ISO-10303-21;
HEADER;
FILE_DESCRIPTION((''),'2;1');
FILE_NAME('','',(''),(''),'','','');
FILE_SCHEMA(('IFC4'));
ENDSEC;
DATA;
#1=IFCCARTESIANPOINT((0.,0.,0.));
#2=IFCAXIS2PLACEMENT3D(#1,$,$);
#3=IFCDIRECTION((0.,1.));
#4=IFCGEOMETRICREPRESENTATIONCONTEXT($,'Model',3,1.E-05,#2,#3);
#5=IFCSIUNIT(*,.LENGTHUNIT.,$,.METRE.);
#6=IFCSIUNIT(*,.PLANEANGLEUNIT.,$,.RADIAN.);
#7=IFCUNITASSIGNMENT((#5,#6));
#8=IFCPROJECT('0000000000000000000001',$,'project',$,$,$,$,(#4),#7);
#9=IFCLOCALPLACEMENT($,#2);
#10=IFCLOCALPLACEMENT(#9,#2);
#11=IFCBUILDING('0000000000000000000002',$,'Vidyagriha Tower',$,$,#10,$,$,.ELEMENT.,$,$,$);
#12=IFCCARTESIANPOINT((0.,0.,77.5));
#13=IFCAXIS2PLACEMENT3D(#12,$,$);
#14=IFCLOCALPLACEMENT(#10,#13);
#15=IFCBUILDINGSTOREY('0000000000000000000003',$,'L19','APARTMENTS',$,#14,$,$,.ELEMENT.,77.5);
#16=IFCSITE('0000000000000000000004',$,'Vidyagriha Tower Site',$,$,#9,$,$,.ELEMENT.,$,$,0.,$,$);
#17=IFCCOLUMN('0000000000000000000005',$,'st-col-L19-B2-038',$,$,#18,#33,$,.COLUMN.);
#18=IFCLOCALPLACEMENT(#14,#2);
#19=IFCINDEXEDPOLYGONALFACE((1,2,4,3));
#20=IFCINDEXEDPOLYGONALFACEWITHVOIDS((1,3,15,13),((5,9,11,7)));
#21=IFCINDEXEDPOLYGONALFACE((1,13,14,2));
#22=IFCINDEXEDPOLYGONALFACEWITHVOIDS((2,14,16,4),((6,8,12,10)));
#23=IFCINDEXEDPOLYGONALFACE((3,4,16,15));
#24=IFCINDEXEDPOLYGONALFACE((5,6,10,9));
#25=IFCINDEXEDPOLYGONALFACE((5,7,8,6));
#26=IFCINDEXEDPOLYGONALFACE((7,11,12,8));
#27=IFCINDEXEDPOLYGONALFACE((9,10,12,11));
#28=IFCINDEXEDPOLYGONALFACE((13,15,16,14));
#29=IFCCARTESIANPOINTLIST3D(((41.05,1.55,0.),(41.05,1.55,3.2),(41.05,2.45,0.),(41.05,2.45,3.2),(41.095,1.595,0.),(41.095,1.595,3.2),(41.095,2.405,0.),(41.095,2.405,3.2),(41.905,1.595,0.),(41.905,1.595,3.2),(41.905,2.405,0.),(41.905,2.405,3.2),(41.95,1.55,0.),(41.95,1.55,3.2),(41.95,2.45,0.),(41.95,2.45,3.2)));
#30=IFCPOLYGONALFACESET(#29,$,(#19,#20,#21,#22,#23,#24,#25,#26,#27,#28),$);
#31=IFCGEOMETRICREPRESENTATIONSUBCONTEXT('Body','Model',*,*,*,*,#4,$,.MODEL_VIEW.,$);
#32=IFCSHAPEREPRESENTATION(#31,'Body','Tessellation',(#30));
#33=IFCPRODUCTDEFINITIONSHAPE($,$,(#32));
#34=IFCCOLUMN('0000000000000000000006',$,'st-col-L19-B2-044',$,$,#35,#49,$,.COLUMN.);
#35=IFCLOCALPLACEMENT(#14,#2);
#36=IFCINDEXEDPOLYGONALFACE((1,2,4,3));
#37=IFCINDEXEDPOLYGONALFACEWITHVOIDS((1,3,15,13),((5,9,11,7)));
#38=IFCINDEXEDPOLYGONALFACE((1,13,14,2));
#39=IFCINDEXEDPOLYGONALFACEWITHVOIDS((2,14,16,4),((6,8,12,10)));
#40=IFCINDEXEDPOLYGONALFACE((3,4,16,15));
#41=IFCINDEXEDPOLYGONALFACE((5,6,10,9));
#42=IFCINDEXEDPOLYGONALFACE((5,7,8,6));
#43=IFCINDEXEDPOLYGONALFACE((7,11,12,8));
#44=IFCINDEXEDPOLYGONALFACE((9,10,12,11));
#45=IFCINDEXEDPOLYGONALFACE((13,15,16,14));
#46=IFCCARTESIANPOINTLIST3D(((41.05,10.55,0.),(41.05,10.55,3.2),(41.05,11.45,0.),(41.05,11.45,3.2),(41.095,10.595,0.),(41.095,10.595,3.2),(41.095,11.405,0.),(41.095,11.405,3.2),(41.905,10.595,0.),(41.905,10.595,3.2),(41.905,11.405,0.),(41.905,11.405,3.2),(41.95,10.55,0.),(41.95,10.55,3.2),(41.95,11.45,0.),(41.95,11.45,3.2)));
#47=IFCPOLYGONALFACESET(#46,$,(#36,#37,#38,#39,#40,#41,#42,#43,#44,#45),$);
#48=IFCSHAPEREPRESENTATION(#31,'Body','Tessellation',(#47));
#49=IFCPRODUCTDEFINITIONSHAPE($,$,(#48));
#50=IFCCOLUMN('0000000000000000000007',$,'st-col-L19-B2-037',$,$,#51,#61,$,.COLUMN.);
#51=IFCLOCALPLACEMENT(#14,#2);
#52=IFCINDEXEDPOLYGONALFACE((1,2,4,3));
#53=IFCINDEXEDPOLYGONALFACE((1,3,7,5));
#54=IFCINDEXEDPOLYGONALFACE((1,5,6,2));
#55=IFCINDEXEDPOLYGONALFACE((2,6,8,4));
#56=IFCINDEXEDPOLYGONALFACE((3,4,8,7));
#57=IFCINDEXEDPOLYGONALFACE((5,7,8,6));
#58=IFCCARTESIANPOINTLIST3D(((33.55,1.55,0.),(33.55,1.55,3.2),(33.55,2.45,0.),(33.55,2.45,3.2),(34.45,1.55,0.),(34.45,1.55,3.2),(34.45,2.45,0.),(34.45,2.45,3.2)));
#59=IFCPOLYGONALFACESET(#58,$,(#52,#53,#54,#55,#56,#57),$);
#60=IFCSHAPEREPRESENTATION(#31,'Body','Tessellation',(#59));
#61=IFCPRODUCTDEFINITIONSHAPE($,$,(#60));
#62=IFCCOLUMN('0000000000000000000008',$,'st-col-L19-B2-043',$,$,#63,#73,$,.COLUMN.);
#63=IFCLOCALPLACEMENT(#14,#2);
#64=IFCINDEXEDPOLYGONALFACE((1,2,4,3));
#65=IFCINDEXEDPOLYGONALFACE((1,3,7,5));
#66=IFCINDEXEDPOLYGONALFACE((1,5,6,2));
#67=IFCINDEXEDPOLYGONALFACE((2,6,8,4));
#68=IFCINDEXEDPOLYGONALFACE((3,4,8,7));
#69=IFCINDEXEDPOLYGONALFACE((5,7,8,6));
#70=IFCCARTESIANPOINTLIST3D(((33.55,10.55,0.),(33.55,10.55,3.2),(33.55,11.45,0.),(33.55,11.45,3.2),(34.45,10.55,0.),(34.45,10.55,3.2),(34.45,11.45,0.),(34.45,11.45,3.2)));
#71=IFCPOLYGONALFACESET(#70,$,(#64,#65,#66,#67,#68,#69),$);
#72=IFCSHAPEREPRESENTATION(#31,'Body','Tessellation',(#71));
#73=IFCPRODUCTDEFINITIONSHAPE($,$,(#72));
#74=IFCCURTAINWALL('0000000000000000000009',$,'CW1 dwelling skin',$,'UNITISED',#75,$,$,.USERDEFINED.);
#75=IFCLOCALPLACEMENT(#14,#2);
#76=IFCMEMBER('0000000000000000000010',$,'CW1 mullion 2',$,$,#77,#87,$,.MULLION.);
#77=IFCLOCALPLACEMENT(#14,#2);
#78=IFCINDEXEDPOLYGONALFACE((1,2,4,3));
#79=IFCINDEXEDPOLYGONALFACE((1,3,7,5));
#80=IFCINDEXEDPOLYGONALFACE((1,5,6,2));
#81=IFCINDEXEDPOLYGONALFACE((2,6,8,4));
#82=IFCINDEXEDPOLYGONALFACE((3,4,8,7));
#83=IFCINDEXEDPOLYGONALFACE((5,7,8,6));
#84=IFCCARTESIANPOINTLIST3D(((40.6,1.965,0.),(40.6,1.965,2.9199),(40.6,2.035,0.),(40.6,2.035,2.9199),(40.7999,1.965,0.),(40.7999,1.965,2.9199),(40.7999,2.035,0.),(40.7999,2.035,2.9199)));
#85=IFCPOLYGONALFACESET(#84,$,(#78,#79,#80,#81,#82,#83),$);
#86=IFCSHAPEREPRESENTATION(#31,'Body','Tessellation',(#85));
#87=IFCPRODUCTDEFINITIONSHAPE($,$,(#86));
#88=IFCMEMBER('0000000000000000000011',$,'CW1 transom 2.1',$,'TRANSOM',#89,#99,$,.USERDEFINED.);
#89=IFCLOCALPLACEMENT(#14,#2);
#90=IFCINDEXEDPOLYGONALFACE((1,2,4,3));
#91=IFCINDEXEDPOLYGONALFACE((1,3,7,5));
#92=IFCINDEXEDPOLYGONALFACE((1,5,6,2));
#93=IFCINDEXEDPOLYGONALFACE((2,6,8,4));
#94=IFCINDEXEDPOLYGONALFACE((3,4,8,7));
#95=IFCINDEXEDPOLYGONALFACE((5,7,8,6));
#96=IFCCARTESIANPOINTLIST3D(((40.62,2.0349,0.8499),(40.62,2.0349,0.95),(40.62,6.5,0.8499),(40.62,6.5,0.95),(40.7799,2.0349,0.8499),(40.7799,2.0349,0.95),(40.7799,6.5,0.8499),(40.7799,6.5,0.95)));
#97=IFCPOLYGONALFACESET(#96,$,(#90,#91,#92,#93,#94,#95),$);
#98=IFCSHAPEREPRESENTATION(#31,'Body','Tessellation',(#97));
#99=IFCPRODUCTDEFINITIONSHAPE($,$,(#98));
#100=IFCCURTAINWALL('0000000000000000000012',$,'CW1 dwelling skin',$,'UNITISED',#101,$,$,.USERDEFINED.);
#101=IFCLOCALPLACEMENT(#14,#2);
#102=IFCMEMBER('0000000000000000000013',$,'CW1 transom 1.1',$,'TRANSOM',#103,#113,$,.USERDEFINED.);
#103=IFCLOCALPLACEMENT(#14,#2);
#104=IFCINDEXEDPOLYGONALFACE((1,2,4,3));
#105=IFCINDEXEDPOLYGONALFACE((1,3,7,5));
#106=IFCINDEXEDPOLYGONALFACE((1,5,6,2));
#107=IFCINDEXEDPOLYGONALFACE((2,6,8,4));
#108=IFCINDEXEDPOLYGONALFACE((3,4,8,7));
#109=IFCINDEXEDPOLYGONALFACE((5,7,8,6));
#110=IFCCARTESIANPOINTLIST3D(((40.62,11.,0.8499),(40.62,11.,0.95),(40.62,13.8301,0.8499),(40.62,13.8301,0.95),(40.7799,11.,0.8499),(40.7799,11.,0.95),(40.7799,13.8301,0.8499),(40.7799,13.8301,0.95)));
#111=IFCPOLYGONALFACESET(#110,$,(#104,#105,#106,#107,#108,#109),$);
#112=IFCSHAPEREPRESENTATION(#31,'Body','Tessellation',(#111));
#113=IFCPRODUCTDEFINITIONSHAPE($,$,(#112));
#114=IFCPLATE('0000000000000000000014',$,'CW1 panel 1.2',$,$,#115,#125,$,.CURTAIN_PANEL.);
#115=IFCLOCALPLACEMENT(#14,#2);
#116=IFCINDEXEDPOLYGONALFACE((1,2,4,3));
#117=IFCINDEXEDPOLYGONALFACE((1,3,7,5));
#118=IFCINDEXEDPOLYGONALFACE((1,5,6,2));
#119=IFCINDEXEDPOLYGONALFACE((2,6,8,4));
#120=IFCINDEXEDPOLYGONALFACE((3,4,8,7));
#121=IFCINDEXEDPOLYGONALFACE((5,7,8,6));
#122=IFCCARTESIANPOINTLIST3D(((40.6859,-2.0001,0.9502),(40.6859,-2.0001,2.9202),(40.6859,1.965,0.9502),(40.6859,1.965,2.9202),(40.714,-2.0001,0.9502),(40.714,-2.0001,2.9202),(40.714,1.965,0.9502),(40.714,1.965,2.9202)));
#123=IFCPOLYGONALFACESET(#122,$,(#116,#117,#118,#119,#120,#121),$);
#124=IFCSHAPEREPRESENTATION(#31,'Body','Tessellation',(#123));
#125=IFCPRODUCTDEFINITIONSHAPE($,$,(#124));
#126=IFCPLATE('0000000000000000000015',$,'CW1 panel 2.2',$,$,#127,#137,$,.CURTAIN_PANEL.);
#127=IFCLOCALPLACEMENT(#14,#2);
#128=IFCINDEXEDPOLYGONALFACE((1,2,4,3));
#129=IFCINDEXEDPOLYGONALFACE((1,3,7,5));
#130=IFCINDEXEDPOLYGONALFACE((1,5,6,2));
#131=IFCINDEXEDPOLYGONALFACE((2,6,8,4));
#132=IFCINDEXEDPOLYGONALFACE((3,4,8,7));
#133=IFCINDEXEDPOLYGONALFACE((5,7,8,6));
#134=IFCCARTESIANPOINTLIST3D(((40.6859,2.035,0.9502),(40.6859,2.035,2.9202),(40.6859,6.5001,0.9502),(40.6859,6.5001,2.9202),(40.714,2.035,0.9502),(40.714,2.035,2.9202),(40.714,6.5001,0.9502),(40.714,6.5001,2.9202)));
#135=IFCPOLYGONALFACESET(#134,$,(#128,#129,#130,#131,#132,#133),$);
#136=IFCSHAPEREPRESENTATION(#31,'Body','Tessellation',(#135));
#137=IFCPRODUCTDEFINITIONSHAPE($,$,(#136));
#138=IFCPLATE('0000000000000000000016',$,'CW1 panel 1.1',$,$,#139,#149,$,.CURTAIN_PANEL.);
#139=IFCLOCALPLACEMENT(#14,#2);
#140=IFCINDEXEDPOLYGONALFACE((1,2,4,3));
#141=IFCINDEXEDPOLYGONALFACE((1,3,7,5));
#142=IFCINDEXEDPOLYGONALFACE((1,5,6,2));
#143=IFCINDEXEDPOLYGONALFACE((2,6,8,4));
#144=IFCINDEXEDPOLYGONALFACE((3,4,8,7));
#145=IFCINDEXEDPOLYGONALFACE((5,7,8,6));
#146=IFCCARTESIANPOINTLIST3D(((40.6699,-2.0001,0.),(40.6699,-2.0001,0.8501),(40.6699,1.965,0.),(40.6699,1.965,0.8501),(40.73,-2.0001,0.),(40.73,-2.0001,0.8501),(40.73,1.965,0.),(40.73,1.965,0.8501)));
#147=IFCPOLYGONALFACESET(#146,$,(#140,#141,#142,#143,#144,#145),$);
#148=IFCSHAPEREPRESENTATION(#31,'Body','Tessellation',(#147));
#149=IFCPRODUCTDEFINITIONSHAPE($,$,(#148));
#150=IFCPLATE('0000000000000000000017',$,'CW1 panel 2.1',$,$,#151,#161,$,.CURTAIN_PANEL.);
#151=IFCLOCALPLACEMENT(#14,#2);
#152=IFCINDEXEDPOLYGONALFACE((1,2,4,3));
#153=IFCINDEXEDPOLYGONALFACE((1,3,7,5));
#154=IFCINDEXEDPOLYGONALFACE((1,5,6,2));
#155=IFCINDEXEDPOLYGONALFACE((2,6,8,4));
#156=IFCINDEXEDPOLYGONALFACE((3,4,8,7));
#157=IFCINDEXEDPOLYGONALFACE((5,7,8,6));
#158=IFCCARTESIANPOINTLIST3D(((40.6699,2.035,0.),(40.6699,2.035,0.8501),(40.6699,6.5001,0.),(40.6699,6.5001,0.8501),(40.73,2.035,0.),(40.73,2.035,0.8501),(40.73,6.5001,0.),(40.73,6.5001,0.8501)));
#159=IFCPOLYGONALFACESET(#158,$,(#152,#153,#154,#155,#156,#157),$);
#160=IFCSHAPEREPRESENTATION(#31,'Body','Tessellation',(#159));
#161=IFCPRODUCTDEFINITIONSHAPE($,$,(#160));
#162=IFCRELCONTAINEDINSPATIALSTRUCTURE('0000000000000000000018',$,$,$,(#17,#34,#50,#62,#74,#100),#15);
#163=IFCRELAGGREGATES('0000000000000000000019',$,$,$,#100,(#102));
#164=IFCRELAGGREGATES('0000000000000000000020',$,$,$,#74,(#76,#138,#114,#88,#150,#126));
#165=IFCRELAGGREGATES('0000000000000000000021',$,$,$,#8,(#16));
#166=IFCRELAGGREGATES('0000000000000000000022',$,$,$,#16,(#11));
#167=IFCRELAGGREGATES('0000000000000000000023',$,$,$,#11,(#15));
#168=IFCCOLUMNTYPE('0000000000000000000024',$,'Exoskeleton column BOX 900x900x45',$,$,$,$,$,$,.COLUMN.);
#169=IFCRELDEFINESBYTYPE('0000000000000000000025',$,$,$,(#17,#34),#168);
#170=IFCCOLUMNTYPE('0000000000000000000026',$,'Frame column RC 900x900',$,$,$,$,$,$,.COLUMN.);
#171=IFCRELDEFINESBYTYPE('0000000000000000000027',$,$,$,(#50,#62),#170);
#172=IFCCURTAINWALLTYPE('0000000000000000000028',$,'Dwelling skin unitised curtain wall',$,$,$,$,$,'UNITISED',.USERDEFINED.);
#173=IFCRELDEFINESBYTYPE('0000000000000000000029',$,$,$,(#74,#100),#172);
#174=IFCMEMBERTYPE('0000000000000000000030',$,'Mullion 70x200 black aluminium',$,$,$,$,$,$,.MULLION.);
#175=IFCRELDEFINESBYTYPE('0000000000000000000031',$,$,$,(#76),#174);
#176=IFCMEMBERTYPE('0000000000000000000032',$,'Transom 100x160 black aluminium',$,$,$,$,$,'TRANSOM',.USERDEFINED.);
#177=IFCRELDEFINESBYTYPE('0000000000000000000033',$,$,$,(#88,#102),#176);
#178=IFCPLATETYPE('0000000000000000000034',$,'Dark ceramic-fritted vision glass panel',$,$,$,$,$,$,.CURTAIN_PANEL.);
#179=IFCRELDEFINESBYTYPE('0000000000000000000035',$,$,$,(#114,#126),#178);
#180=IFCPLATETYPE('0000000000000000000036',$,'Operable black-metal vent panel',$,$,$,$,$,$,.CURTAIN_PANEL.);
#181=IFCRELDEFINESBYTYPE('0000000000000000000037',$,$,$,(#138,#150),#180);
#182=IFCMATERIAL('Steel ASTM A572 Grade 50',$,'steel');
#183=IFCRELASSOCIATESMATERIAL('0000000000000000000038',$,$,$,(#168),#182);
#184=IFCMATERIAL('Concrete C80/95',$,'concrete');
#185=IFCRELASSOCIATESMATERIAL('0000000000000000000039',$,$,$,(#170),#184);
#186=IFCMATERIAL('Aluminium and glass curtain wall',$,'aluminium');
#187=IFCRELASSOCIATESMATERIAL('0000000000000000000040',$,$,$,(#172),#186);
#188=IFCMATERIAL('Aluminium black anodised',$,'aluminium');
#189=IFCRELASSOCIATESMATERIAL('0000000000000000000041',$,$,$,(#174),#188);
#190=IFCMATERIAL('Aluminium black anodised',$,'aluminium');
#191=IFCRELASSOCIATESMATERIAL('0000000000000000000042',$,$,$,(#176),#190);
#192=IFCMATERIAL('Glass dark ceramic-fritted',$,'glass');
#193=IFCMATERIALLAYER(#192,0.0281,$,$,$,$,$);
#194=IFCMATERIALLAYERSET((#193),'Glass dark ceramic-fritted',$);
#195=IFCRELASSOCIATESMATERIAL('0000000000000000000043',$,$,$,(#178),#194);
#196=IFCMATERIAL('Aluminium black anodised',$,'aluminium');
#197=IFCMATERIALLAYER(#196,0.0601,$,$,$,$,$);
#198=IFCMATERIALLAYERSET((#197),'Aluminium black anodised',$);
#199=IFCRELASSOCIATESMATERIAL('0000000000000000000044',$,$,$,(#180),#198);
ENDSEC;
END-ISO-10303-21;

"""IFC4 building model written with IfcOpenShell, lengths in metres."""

from ifc_helpers import new_model, si_unit, direction, frame, origin, origin_2d, place, context, subcontext, project, spatial, rectangle, hollow_rectangle, extrude, material, layer, layer_set, material_profile, profile_set, type_object, element, aggregate, save


model = new_model("IFC4")

# Units and contexts
model_context = context("Model", 3, precision=1e-05, world=origin(), true_north=direction((0.0, 1.0)))
body_context = subcontext(model_context, "Body", "Model", "MODEL_VIEW")
ifc_project = project(units=[si_unit("LENGTHUNIT", "METRE"), si_unit("PLANEANGLEUNIT", "RADIAN")], contexts=[model_context])

# Site, building, storey
site_placement = place(None, origin())
site = spatial("IfcSite", under=ifc_project, at=site_placement, Name="Vidyagriha Tower Site", CompositionType="ELEMENT", RefElevation=0.0)
building_placement = place(site_placement, origin())
building = spatial("IfcBuilding", under=site, at=building_placement, Name="Vidyagriha Tower", CompositionType="ELEMENT")
storey_placement = place(building_placement, frame((0.0, 0.0, 77.5)))
storey = spatial("IfcBuildingStorey", under=building, at=storey_placement, Name="L19", Description="APARTMENTS", CompositionType="ELEMENT", Elevation=77.5)

# Columns
ifc_material_1 = material(Name="Steel ASTM A572 Grade 50", Category="steel")
ifc_material_profile_1 = material_profile(ifc_material_1, hollow_rectangle(XDim=0.8999, YDim=0.8999, WallThickness=0.0449, at=origin_2d()), Name="BOX 900x900x45")
ifc_profile_set_1 = profile_set([ifc_material_profile_1], Name="Steel ASTM A572 Grade 50")
column_type_1 = type_object("IfcColumnType", Name="Exoskeleton column BOX 900x900x45", PredefinedType="COLUMN", material=ifc_profile_set_1)
for number, where, name in (
    (1, (41.5, 2.0, 0.0), "st-col-L19-B2-038"),
    (2, (41.5, 11.0, 0.0), "st-col-L19-B2-044"),
):
    element("IfcColumn", number, at=place(storey_placement, frame(where)), inside=storey, type_object=column_type_1, Name=name, PredefinedType="COLUMN", context=body_context, shape_type="SweptSolid", body=[
        extrude(hollow_rectangle(XDim=0.8999, YDim=0.8999, WallThickness=0.0449, at=origin_2d()), origin(), (0.0, 0.0, 1.0), 3.2),
    ])
ifc_material_2 = material(Name="Concrete C80/95", Category="concrete")
ifc_material_profile_2 = material_profile(ifc_material_2, rectangle(XDim=0.8999, YDim=0.8999, at=origin_2d()), Name="RC 900x900")
ifc_profile_set_2 = profile_set([ifc_material_profile_2], Name="Concrete C80/95")
column_type_2 = type_object("IfcColumnType", Name="Frame column RC 900x900", PredefinedType="COLUMN", material=ifc_profile_set_2)
for number, where, name in (
    (3, (34.0, 2.0, 0.0), "st-col-L19-B2-037"),
    (4, (34.0, 11.0, 0.0), "st-col-L19-B2-043"),
):
    element("IfcColumn", number, at=place(storey_placement, frame(where)), inside=storey, type_object=column_type_2, Name=name, PredefinedType="COLUMN", context=body_context, shape_type="SweptSolid", body=[
        extrude(rectangle(XDim=0.8999, YDim=0.8999, at=origin_2d()), origin(), (0.0, 0.0, 1.0), 3.2),
    ])

# Curtain wall, members
ifc_material_3 = material(Name="Aluminium and glass curtain wall", Category="aluminium")
curtain_wall_type = type_object("IfcCurtainWallType", Name="Dwelling skin unitised curtain wall", ElementType="UNITISED", PredefinedType="USERDEFINED", material=ifc_material_3)
curtain_wall_1_placement = place(storey_placement, origin())
curtain_wall_1 = element("IfcCurtainWall", 5, at=curtain_wall_1_placement, inside=storey, type_object=curtain_wall_type, Name="CW1 dwelling skin", ObjectType="UNITISED", PredefinedType="USERDEFINED")
ifc_material_4 = material(Name="Aluminium black anodised", Category="aluminium")
ifc_material_profile_3 = material_profile(ifc_material_4, rectangle(XDim=0.2, YDim=0.0701, at=origin_2d()), Name="Mullion 70x200 black aluminium")
ifc_profile_set_3 = profile_set([ifc_material_profile_3], Name="Aluminium black anodised")
member_type_1 = type_object("IfcMemberType", Name="Mullion 70x200 black aluminium", PredefinedType="MULLION", material=ifc_profile_set_3)
member_1_placement = place(storey_placement, frame((40.7, 2.0, 0.0), z_axis=(0.0, 0.0, 1.0), x_axis=(-1.0, 0.0, 0.0)))
member_1 = element("IfcMember", 6, at=member_1_placement, type_object=member_type_1, Name="CW1 mullion 2", PredefinedType="MULLION", context=body_context, shape_type="SweptSolid", body=[
    extrude(rectangle(XDim=0.2, YDim=0.0701, at=origin_2d()), origin(), (0.0, 0.0, 1.0), 2.9199),
])
ifc_material_5 = material(Name="Aluminium black anodised", Category="aluminium")
ifc_material_profile_4 = material_profile(ifc_material_5, rectangle(XDim=0.1599, YDim=0.1001, at=origin_2d()), Name="Transom 100x160 black aluminium")
ifc_profile_set_4 = profile_set([ifc_material_profile_4], Name="Aluminium black anodised")
member_type_2 = type_object("IfcMemberType", Name="Transom 100x160 black aluminium", ElementType="TRANSOM", PredefinedType="USERDEFINED", material=ifc_profile_set_4)
member_2_placement = place(storey_placement, frame((40.7, 2.0349, 0.8999), z_axis=(0.0, 1.0, 0.0), x_axis=(-1.0, 0.0, 0.0)))
member_2 = element("IfcMember", 7, at=member_2_placement, type_object=member_type_2, Name="CW1 transom 2.1", ObjectType="TRANSOM", PredefinedType="USERDEFINED", context=body_context, shape_type="SweptSolid", body=[
    extrude(rectangle(XDim=0.1599, YDim=0.1001, at=origin_2d()), origin(), (0.0, 0.0, 1.0), 4.4651),
])

# Curtain wall, member
curtain_wall_2_placement = place(storey_placement, origin())
curtain_wall_2 = element("IfcCurtainWall", 8, at=curtain_wall_2_placement, inside=storey, type_object=curtain_wall_type, Name="CW1 dwelling skin", ObjectType="UNITISED", PredefinedType="USERDEFINED")
member_3_placement = place(storey_placement, frame((40.7, 11.0, 0.8999), z_axis=(0.0, 1.0, 0.0), x_axis=(-1.0, 0.0, 0.0)))
member_3 = element("IfcMember", 9, at=member_3_placement, type_object=member_type_2, Name="CW1 transom 1.1", ObjectType="TRANSOM", PredefinedType="USERDEFINED", context=body_context, shape_type="SweptSolid", body=[
    extrude(rectangle(XDim=0.1599, YDim=0.1001, at=origin_2d()), origin(), (0.0, 0.0, 1.0), 2.8301),
])
aggregate(curtain_wall_2, [member_3])

# Plates
ifc_material_6 = material(Name="Glass dark ceramic-fritted", Category="glass")
ifc_layer_1 = layer(ifc_material_6, 0.0281)
ifc_layer_set_1 = layer_set([ifc_layer_1], Name="Glass dark ceramic-fritted")
plate_type_1 = type_object("IfcPlateType", Name="Dark ceramic-fritted vision glass panel", PredefinedType="CURTAIN_PANEL", material=ifc_layer_set_1)
plate_1_placement = place(storey_placement, frame((40.7, -0.0176, 0.9502), z_axis=(0.0, 0.0, 1.0), x_axis=(0.0, 1.0, 0.0)))
plate_1 = element("IfcPlate", 10, at=plate_1_placement, type_object=plate_type_1, Name="CW1 panel 1.2", PredefinedType="CURTAIN_PANEL", context=body_context, shape_type="SweptSolid", body=[
    extrude(rectangle(XDim=3.9651, YDim=0.0281, at=origin_2d()), origin(), (0.0, 0.0, 1.0), 1.97),
])
plate_2_placement = place(storey_placement, frame((40.7, 4.2676, 0.9502), z_axis=(0.0, 0.0, 1.0), x_axis=(0.0, 1.0, 0.0)))
plate_2 = element("IfcPlate", 11, at=plate_2_placement, type_object=plate_type_1, Name="CW1 panel 2.2", PredefinedType="CURTAIN_PANEL", context=body_context, shape_type="SweptSolid", body=[
    extrude(rectangle(XDim=4.4651, YDim=0.0281, at=origin_2d()), origin(), (0.0, 0.0, 1.0), 1.97),
])
ifc_material_7 = material(Name="Aluminium black anodised", Category="aluminium")
ifc_layer_2 = layer(ifc_material_7, 0.0601)
ifc_layer_set_2 = layer_set([ifc_layer_2], Name="Aluminium black anodised")
plate_type_2 = type_object("IfcPlateType", Name="Operable black-metal vent panel", PredefinedType="CURTAIN_PANEL", material=ifc_layer_set_2)
plate_3_placement = place(storey_placement, frame((40.7, -0.0176, 0.0), z_axis=(0.0, 0.0, 1.0), x_axis=(0.0, 1.0, 0.0)))
plate_3 = element("IfcPlate", 12, at=plate_3_placement, type_object=plate_type_2, Name="CW1 panel 1.1", PredefinedType="CURTAIN_PANEL", context=body_context, shape_type="SweptSolid", body=[
    extrude(rectangle(XDim=3.9651, YDim=0.0601, at=origin_2d()), origin(), (0.0, 0.0, 1.0), 0.8501),
])
plate_4_placement = place(storey_placement, frame((40.7, 4.2676, 0.0), z_axis=(0.0, 0.0, 1.0), x_axis=(0.0, 1.0, 0.0)))
plate_4 = element("IfcPlate", 13, at=plate_4_placement, type_object=plate_type_2, Name="CW1 panel 2.1", PredefinedType="CURTAIN_PANEL", context=body_context, shape_type="SweptSolid", body=[
    extrude(rectangle(XDim=4.4651, YDim=0.0601, at=origin_2d()), origin(), (0.0, 0.0, 1.0), 0.8501),
])
aggregate(curtain_wall_1, [member_1, plate_3, plate_1, member_2, plate_4, plate_2])

save(model, "model.ifc")
